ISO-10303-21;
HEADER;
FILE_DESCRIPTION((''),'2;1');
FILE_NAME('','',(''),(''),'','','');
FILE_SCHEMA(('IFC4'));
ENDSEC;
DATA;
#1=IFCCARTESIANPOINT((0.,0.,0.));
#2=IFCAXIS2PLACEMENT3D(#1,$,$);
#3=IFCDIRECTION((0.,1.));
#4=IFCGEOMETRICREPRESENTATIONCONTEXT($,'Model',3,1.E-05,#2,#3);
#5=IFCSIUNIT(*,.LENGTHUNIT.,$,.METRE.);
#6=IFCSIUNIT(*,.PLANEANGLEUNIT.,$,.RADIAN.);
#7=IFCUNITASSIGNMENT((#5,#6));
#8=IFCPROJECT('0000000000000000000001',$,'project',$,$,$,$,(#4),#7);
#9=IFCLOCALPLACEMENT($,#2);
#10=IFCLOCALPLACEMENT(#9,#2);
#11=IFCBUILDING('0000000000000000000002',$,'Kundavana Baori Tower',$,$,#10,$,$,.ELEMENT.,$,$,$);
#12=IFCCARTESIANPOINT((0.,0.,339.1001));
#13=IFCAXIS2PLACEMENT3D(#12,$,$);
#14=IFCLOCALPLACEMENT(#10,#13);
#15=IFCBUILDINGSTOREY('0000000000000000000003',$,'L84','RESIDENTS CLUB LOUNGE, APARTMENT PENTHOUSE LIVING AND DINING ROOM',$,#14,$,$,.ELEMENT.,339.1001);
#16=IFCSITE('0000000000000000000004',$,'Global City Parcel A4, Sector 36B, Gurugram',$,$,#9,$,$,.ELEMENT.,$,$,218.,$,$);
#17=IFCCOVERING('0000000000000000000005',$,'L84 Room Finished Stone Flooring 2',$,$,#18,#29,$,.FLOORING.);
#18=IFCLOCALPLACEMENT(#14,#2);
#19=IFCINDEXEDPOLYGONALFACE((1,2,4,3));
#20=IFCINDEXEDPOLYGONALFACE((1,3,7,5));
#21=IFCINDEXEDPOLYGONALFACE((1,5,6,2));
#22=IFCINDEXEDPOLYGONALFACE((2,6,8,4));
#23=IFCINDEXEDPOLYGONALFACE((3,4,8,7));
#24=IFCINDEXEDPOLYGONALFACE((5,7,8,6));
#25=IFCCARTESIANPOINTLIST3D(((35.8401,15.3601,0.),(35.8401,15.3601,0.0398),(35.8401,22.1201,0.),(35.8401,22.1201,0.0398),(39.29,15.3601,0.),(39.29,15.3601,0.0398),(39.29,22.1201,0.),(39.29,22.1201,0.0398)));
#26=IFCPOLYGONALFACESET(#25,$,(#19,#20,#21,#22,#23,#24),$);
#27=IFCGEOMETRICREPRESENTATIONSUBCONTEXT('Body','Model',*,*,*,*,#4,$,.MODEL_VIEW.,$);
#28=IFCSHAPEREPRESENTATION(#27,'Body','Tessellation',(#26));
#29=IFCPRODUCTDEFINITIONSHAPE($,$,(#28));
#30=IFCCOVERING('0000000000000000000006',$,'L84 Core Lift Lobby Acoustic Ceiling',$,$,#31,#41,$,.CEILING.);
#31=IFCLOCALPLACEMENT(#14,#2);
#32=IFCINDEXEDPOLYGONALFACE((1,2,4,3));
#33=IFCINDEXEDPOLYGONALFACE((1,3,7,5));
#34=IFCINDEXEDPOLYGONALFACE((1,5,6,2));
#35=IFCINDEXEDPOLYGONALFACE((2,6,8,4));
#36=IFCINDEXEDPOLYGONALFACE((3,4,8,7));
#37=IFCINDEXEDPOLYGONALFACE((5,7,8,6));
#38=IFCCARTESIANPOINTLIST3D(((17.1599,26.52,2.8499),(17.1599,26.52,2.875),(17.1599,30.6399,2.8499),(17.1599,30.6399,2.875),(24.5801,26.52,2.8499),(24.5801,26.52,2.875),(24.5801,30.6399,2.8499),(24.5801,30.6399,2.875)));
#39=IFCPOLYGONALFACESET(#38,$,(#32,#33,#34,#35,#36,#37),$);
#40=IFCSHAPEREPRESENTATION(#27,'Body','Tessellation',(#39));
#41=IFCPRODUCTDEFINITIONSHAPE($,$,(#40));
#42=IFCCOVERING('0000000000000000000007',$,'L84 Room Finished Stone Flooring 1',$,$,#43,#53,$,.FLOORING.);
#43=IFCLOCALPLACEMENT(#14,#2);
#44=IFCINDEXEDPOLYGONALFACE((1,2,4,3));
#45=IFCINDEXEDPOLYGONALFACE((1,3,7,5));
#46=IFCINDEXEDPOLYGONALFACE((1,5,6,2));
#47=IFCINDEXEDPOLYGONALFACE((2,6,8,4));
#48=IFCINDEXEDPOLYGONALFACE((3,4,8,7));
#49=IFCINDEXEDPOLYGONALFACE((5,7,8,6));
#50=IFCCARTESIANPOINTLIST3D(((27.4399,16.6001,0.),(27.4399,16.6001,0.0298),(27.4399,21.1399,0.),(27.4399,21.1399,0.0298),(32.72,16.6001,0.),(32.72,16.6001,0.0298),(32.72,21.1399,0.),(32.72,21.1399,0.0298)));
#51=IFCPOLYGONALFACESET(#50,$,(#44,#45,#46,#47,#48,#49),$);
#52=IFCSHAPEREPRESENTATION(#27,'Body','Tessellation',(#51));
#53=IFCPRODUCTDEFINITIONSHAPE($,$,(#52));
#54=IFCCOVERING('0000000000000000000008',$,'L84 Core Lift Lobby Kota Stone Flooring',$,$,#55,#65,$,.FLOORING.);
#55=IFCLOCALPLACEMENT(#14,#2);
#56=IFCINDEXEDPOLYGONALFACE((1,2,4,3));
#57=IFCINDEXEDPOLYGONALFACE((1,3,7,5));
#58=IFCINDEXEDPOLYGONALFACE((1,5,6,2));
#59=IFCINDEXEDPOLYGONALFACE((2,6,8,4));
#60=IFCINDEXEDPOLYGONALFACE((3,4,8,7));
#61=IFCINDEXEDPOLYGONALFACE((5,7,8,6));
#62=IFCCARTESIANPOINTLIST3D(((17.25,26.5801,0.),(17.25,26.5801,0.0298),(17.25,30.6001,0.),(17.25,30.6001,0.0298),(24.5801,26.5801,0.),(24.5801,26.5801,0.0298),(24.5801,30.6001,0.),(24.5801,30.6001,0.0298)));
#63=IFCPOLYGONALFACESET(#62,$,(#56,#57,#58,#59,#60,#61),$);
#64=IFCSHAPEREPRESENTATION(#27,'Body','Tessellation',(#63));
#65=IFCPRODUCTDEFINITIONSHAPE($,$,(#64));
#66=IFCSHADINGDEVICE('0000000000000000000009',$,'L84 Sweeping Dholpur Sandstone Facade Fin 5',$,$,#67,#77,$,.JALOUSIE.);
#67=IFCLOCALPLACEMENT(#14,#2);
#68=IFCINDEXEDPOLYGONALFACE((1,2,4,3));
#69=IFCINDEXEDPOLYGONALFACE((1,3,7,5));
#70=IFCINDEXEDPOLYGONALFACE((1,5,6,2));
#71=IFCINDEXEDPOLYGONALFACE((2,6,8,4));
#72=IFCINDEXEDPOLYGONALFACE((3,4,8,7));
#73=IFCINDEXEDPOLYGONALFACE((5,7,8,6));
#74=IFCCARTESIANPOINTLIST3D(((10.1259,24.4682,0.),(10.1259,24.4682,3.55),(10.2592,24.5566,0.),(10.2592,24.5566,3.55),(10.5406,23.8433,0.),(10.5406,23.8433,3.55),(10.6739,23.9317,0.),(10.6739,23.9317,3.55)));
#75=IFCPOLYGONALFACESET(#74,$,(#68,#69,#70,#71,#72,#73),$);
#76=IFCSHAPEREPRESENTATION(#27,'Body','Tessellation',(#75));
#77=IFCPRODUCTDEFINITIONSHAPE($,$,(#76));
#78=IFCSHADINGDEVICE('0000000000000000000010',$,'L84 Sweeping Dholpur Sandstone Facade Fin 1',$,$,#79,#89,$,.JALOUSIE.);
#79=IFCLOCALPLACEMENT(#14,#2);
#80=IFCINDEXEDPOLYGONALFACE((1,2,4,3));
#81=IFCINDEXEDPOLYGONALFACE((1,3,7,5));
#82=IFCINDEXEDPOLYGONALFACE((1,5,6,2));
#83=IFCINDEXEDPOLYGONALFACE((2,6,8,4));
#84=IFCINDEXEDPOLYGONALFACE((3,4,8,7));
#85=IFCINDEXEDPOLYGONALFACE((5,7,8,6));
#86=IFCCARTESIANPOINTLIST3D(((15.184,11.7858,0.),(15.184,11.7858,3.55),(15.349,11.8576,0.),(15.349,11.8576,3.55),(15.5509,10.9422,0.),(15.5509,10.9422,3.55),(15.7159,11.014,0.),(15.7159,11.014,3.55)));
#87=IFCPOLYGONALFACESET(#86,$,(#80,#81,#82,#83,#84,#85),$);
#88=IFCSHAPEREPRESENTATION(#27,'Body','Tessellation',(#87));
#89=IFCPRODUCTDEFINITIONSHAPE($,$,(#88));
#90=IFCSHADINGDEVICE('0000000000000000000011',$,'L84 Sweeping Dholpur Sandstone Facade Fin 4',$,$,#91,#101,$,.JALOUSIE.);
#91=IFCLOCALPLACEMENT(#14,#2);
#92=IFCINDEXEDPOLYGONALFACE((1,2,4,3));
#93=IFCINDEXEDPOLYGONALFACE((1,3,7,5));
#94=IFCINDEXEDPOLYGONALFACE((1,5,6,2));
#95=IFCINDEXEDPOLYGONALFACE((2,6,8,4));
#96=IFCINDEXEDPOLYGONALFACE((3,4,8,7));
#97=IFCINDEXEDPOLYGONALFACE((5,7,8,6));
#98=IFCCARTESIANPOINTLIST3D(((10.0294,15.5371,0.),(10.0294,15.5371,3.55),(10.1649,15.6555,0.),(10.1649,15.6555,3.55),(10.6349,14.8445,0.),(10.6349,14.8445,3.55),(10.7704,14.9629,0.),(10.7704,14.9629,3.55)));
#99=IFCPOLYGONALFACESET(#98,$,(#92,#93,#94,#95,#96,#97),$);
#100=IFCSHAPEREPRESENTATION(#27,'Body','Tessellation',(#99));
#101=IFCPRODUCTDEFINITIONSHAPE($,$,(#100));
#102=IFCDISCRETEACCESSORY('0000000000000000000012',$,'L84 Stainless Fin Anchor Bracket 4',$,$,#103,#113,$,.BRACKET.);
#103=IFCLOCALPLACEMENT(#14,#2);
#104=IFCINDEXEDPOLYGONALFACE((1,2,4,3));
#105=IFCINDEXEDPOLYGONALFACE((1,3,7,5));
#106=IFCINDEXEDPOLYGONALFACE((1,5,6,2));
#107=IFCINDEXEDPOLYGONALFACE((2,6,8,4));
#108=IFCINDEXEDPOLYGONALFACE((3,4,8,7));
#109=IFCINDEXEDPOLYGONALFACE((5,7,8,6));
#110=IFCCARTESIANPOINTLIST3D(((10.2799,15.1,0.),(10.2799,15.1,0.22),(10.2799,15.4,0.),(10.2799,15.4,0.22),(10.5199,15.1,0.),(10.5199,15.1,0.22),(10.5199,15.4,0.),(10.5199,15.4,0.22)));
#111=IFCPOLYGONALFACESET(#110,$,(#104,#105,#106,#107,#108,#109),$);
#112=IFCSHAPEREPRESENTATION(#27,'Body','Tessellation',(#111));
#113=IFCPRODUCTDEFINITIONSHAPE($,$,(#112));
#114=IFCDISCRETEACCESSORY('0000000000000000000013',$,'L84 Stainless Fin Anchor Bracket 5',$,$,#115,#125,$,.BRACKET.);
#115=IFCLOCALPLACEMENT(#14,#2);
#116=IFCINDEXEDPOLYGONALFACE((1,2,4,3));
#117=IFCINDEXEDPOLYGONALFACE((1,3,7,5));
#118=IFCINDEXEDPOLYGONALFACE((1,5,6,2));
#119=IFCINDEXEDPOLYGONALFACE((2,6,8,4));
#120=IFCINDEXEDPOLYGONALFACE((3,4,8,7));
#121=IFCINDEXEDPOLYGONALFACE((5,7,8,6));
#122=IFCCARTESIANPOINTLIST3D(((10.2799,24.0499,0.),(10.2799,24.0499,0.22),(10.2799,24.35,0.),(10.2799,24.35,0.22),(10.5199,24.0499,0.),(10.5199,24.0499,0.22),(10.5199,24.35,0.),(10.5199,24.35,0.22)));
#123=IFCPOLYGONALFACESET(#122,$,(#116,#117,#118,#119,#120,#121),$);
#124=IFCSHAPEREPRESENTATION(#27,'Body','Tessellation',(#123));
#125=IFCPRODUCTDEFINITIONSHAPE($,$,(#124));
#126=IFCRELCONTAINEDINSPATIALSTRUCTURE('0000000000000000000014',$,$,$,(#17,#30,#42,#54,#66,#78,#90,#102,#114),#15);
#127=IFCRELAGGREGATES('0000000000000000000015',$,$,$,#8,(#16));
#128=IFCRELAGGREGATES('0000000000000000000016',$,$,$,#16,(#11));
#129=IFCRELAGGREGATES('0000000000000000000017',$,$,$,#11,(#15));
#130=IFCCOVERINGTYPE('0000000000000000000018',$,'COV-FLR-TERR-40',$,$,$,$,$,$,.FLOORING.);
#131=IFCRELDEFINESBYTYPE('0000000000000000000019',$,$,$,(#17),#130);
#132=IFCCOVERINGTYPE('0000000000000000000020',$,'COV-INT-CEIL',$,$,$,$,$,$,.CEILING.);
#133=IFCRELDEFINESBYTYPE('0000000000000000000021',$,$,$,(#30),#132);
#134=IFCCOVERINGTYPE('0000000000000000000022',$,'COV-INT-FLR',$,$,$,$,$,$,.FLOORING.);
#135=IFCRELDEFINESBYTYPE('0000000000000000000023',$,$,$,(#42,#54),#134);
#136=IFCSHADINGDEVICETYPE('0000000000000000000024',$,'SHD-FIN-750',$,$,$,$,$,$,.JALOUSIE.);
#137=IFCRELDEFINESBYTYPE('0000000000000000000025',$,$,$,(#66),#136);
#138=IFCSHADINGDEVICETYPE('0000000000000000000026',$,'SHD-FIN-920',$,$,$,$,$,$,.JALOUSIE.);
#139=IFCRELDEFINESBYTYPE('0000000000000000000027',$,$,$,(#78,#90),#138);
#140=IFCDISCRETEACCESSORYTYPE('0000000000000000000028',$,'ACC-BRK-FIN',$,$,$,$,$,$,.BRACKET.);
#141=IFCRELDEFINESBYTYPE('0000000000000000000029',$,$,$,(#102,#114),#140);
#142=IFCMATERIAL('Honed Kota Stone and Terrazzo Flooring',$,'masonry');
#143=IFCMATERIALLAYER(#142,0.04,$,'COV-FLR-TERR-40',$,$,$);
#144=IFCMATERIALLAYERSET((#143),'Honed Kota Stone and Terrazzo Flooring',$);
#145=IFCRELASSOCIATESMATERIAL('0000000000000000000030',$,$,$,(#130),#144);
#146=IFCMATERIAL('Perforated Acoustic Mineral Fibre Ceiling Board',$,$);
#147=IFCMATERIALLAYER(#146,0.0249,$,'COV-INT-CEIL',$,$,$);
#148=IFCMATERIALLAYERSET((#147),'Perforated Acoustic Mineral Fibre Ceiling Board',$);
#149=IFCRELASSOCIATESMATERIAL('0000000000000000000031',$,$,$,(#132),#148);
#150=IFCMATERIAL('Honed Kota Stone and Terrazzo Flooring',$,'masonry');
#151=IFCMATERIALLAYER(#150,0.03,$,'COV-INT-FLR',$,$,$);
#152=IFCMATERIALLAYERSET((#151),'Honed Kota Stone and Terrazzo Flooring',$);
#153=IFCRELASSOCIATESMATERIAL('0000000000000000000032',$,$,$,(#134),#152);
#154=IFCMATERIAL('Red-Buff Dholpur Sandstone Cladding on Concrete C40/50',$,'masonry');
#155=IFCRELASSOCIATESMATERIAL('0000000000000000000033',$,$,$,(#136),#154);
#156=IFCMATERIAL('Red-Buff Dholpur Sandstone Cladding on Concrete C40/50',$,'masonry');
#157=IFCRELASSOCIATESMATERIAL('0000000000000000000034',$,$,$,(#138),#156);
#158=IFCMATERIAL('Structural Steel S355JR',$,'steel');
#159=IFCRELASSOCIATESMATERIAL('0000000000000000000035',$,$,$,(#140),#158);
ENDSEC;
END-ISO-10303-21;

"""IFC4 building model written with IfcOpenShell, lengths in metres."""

from ifc_helpers import new_model, si_unit, direction, frame, origin, origin_2d, place, context, subcontext, project, spatial, polyline, rectangle, outline, extrude, material, layer, layer_set, type_object, element, save


model = new_model("IFC4")

# Units and contexts
model_context = context("Model", 3, precision=1e-05, world=origin(), true_north=direction((0.0, 1.0)))
body_context = subcontext(model_context, "Body", "Model", "MODEL_VIEW")
ifc_project = project(units=[si_unit("LENGTHUNIT", "METRE"), si_unit("PLANEANGLEUNIT", "RADIAN")], contexts=[model_context])

# Site, building, storey
site_placement = place(None, origin())
site = spatial("IfcSite", under=ifc_project, at=site_placement, Name="Global City Parcel A4, Sector 36B, Gurugram", CompositionType="ELEMENT", RefElevation=218.0)
building_placement = place(site_placement, origin())
building = spatial("IfcBuilding", under=site, at=building_placement, Name="Kundavana Baori Tower", CompositionType="ELEMENT")
storey_placement = place(building_placement, frame((0.0, 0.0, 339.1001)))
storey = spatial("IfcBuildingStorey", under=building, at=storey_placement, Name="L84", Description="RESIDENTS CLUB LOUNGE, APARTMENT PENTHOUSE LIVING AND DINING ROOM", CompositionType="ELEMENT", Elevation=339.1001)

# Coverings
ifc_material_1 = material(Name="Honed Kota Stone and Terrazzo Flooring", Category="masonry")
ifc_layer_1 = layer(ifc_material_1, 0.04, Name="COV-FLR-TERR-40")
ifc_layer_set_1 = layer_set([ifc_layer_1], Name="Honed Kota Stone and Terrazzo Flooring")
covering_type_1 = type_object("IfcCoveringType", Name="COV-FLR-TERR-40", PredefinedType="FLOORING", material=ifc_layer_set_1)
covering_1_placement = place(storey_placement, origin())
element("IfcCovering", 1, at=covering_1_placement, inside=storey, type_object=covering_type_1, Name="L84 Room Finished Stone Flooring 2", PredefinedType="FLOORING", context=body_context, shape_type="SweptSolid", body=[
    extrude(outline(polyline([(35.8401, 15.3601), (39.29, 15.3601), (39.29, 22.1201), (35.8401, 22.1201), (35.8401, 15.3601)])), origin(), (0.0, 0.0, 1.0), 0.0398),
])
ifc_material_2 = material(Name="Perforated Acoustic Mineral Fibre Ceiling Board")
ifc_layer_2 = layer(ifc_material_2, 0.0249, Name="COV-INT-CEIL")
ifc_layer_set_2 = layer_set([ifc_layer_2], Name="Perforated Acoustic Mineral Fibre Ceiling Board")
covering_type_2 = type_object("IfcCoveringType", Name="COV-INT-CEIL", PredefinedType="CEILING", material=ifc_layer_set_2)
covering_2_placement = place(storey_placement, frame((0.0, 0.0, 2.8499)))
element("IfcCovering", 2, at=covering_2_placement, inside=storey, type_object=covering_type_2, Name="L84 Core Lift Lobby Acoustic Ceiling", PredefinedType="CEILING", context=body_context, shape_type="SweptSolid", body=[
    extrude(outline(polyline([(17.1599, 26.52), (24.5801, 26.52), (24.5801, 30.6399), (17.1599, 30.6399), (17.1599, 26.52)])), origin(), (0.0, 0.0, 1.0), 0.0251),
])
ifc_material_3 = material(Name="Honed Kota Stone and Terrazzo Flooring", Category="masonry")
ifc_layer_3 = layer(ifc_material_3, 0.03, Name="COV-INT-FLR")
ifc_layer_set_3 = layer_set([ifc_layer_3], Name="Honed Kota Stone and Terrazzo Flooring")
covering_type_3 = type_object("IfcCoveringType", Name="COV-INT-FLR", PredefinedType="FLOORING", material=ifc_layer_set_3)
covering_3_placement = place(storey_placement, origin())
element("IfcCovering", 3, at=covering_3_placement, inside=storey, type_object=covering_type_3, Name="L84 Room Finished Stone Flooring 1", PredefinedType="FLOORING", context=body_context, shape_type="SweptSolid", body=[
    extrude(outline(polyline([(27.4399, 16.6001), (32.72, 16.6001), (32.72, 21.1399), (27.4399, 21.1399), (27.4399, 16.6001)])), origin(), (0.0, 0.0, 1.0), 0.0298),
])
covering_4_placement = place(storey_placement, origin())
element("IfcCovering", 4, at=covering_4_placement, inside=storey, type_object=covering_type_3, Name="L84 Core Lift Lobby Kota Stone Flooring", PredefinedType="FLOORING", context=body_context, shape_type="SweptSolid", body=[
    extrude(outline(polyline([(17.25, 26.5801), (24.5801, 26.5801), (24.5801, 30.6001), (17.25, 30.6001), (17.25, 26.5801)])), origin(), (0.0, 0.0, 1.0), 0.0298),
])

# Shading devices
ifc_material_4 = material(Name="Red-Buff Dholpur Sandstone Cladding on Concrete C40/50", Category="masonry")
shading_device_type_1 = type_object("IfcShadingDeviceType", Name="SHD-FIN-750", PredefinedType="JALOUSIE", material=ifc_material_4)
shading_device_placement = place(storey_placement, frame((10.3999, 24.2, 0.0), z_axis=(0.0, 0.0, 1.0), x_axis=(0.833211, 0.552955, 0.0)))
element("IfcShadingDevice", 5, at=shading_device_placement, inside=storey, type_object=shading_device_type_1, Name="L84 Sweeping Dholpur Sandstone Facade Fin 5", PredefinedType="JALOUSIE", context=body_context, shape_type="SweptSolid", body=[
    extrude(rectangle(XDim=0.1599, YDim=0.75, at=origin_2d()), origin(), (0.0, 0.0, 1.0), 3.55),
])
ifc_material_5 = material(Name="Red-Buff Dholpur Sandstone Cladding on Concrete C40/50", Category="masonry")
shading_device_type_2 = type_object("IfcShadingDeviceType", Name="SHD-FIN-920", PredefinedType="JALOUSIE", material=ifc_material_5)
for number, where, z_axis, x_axis, name in (
    (6, (15.45, 11.3999, 0.0), (0.0, 0.0, 1.0), (0.91706, 0.398749, 0.0), "L84 Sweeping Dholpur Sandstone Facade Fin 1"),
    (7, (10.3999, 15.25, 0.0), (0.0, 0.0, 1.0), (0.752875, 0.658164, 0.0), "L84 Sweeping Dholpur Sandstone Facade Fin 4"),
):
    element("IfcShadingDevice", number, at=place(storey_placement, frame(where, z_axis=z_axis, x_axis=x_axis)), inside=storey, type_object=shading_device_type_2, Name=name, PredefinedType="JALOUSIE", context=body_context, shape_type="SweptSolid", body=[
        extrude(rectangle(XDim=0.1799, YDim=0.9199, at=origin_2d()), origin(), (0.0, 0.0, 1.0), 3.55),
    ])

# Discrete accessories
ifc_material_6 = material(Name="Structural Steel S355JR", Category="steel")
discrete_accessory_type = type_object("IfcDiscreteAccessoryType", Name="ACC-BRK-FIN", PredefinedType="BRACKET", material=ifc_material_6)
for number, where, z_axis, x_axis, name in (
    (8, (10.3999, 15.25, 0.0), (0.0, 0.0, 1.0), (1.0, 0.0, 0.0), "L84 Stainless Fin Anchor Bracket 4"),
    (9, (10.3999, 24.2, 0.0), (0.0, 0.0, 1.0), (1.0, 0.0, 0.0), "L84 Stainless Fin Anchor Bracket 5"),
):
    element("IfcDiscreteAccessory", number, at=place(storey_placement, frame(where, z_axis=z_axis, x_axis=x_axis)), inside=storey, type_object=discrete_accessory_type, Name=name, PredefinedType="BRACKET", context=body_context, shape_type="SweptSolid", body=[
        extrude(rectangle(XDim=0.24, YDim=0.3, at=origin_2d()), origin(), (0.0, 0.0, 1.0), 0.22),
    ])

save(model, "model.ifc")
